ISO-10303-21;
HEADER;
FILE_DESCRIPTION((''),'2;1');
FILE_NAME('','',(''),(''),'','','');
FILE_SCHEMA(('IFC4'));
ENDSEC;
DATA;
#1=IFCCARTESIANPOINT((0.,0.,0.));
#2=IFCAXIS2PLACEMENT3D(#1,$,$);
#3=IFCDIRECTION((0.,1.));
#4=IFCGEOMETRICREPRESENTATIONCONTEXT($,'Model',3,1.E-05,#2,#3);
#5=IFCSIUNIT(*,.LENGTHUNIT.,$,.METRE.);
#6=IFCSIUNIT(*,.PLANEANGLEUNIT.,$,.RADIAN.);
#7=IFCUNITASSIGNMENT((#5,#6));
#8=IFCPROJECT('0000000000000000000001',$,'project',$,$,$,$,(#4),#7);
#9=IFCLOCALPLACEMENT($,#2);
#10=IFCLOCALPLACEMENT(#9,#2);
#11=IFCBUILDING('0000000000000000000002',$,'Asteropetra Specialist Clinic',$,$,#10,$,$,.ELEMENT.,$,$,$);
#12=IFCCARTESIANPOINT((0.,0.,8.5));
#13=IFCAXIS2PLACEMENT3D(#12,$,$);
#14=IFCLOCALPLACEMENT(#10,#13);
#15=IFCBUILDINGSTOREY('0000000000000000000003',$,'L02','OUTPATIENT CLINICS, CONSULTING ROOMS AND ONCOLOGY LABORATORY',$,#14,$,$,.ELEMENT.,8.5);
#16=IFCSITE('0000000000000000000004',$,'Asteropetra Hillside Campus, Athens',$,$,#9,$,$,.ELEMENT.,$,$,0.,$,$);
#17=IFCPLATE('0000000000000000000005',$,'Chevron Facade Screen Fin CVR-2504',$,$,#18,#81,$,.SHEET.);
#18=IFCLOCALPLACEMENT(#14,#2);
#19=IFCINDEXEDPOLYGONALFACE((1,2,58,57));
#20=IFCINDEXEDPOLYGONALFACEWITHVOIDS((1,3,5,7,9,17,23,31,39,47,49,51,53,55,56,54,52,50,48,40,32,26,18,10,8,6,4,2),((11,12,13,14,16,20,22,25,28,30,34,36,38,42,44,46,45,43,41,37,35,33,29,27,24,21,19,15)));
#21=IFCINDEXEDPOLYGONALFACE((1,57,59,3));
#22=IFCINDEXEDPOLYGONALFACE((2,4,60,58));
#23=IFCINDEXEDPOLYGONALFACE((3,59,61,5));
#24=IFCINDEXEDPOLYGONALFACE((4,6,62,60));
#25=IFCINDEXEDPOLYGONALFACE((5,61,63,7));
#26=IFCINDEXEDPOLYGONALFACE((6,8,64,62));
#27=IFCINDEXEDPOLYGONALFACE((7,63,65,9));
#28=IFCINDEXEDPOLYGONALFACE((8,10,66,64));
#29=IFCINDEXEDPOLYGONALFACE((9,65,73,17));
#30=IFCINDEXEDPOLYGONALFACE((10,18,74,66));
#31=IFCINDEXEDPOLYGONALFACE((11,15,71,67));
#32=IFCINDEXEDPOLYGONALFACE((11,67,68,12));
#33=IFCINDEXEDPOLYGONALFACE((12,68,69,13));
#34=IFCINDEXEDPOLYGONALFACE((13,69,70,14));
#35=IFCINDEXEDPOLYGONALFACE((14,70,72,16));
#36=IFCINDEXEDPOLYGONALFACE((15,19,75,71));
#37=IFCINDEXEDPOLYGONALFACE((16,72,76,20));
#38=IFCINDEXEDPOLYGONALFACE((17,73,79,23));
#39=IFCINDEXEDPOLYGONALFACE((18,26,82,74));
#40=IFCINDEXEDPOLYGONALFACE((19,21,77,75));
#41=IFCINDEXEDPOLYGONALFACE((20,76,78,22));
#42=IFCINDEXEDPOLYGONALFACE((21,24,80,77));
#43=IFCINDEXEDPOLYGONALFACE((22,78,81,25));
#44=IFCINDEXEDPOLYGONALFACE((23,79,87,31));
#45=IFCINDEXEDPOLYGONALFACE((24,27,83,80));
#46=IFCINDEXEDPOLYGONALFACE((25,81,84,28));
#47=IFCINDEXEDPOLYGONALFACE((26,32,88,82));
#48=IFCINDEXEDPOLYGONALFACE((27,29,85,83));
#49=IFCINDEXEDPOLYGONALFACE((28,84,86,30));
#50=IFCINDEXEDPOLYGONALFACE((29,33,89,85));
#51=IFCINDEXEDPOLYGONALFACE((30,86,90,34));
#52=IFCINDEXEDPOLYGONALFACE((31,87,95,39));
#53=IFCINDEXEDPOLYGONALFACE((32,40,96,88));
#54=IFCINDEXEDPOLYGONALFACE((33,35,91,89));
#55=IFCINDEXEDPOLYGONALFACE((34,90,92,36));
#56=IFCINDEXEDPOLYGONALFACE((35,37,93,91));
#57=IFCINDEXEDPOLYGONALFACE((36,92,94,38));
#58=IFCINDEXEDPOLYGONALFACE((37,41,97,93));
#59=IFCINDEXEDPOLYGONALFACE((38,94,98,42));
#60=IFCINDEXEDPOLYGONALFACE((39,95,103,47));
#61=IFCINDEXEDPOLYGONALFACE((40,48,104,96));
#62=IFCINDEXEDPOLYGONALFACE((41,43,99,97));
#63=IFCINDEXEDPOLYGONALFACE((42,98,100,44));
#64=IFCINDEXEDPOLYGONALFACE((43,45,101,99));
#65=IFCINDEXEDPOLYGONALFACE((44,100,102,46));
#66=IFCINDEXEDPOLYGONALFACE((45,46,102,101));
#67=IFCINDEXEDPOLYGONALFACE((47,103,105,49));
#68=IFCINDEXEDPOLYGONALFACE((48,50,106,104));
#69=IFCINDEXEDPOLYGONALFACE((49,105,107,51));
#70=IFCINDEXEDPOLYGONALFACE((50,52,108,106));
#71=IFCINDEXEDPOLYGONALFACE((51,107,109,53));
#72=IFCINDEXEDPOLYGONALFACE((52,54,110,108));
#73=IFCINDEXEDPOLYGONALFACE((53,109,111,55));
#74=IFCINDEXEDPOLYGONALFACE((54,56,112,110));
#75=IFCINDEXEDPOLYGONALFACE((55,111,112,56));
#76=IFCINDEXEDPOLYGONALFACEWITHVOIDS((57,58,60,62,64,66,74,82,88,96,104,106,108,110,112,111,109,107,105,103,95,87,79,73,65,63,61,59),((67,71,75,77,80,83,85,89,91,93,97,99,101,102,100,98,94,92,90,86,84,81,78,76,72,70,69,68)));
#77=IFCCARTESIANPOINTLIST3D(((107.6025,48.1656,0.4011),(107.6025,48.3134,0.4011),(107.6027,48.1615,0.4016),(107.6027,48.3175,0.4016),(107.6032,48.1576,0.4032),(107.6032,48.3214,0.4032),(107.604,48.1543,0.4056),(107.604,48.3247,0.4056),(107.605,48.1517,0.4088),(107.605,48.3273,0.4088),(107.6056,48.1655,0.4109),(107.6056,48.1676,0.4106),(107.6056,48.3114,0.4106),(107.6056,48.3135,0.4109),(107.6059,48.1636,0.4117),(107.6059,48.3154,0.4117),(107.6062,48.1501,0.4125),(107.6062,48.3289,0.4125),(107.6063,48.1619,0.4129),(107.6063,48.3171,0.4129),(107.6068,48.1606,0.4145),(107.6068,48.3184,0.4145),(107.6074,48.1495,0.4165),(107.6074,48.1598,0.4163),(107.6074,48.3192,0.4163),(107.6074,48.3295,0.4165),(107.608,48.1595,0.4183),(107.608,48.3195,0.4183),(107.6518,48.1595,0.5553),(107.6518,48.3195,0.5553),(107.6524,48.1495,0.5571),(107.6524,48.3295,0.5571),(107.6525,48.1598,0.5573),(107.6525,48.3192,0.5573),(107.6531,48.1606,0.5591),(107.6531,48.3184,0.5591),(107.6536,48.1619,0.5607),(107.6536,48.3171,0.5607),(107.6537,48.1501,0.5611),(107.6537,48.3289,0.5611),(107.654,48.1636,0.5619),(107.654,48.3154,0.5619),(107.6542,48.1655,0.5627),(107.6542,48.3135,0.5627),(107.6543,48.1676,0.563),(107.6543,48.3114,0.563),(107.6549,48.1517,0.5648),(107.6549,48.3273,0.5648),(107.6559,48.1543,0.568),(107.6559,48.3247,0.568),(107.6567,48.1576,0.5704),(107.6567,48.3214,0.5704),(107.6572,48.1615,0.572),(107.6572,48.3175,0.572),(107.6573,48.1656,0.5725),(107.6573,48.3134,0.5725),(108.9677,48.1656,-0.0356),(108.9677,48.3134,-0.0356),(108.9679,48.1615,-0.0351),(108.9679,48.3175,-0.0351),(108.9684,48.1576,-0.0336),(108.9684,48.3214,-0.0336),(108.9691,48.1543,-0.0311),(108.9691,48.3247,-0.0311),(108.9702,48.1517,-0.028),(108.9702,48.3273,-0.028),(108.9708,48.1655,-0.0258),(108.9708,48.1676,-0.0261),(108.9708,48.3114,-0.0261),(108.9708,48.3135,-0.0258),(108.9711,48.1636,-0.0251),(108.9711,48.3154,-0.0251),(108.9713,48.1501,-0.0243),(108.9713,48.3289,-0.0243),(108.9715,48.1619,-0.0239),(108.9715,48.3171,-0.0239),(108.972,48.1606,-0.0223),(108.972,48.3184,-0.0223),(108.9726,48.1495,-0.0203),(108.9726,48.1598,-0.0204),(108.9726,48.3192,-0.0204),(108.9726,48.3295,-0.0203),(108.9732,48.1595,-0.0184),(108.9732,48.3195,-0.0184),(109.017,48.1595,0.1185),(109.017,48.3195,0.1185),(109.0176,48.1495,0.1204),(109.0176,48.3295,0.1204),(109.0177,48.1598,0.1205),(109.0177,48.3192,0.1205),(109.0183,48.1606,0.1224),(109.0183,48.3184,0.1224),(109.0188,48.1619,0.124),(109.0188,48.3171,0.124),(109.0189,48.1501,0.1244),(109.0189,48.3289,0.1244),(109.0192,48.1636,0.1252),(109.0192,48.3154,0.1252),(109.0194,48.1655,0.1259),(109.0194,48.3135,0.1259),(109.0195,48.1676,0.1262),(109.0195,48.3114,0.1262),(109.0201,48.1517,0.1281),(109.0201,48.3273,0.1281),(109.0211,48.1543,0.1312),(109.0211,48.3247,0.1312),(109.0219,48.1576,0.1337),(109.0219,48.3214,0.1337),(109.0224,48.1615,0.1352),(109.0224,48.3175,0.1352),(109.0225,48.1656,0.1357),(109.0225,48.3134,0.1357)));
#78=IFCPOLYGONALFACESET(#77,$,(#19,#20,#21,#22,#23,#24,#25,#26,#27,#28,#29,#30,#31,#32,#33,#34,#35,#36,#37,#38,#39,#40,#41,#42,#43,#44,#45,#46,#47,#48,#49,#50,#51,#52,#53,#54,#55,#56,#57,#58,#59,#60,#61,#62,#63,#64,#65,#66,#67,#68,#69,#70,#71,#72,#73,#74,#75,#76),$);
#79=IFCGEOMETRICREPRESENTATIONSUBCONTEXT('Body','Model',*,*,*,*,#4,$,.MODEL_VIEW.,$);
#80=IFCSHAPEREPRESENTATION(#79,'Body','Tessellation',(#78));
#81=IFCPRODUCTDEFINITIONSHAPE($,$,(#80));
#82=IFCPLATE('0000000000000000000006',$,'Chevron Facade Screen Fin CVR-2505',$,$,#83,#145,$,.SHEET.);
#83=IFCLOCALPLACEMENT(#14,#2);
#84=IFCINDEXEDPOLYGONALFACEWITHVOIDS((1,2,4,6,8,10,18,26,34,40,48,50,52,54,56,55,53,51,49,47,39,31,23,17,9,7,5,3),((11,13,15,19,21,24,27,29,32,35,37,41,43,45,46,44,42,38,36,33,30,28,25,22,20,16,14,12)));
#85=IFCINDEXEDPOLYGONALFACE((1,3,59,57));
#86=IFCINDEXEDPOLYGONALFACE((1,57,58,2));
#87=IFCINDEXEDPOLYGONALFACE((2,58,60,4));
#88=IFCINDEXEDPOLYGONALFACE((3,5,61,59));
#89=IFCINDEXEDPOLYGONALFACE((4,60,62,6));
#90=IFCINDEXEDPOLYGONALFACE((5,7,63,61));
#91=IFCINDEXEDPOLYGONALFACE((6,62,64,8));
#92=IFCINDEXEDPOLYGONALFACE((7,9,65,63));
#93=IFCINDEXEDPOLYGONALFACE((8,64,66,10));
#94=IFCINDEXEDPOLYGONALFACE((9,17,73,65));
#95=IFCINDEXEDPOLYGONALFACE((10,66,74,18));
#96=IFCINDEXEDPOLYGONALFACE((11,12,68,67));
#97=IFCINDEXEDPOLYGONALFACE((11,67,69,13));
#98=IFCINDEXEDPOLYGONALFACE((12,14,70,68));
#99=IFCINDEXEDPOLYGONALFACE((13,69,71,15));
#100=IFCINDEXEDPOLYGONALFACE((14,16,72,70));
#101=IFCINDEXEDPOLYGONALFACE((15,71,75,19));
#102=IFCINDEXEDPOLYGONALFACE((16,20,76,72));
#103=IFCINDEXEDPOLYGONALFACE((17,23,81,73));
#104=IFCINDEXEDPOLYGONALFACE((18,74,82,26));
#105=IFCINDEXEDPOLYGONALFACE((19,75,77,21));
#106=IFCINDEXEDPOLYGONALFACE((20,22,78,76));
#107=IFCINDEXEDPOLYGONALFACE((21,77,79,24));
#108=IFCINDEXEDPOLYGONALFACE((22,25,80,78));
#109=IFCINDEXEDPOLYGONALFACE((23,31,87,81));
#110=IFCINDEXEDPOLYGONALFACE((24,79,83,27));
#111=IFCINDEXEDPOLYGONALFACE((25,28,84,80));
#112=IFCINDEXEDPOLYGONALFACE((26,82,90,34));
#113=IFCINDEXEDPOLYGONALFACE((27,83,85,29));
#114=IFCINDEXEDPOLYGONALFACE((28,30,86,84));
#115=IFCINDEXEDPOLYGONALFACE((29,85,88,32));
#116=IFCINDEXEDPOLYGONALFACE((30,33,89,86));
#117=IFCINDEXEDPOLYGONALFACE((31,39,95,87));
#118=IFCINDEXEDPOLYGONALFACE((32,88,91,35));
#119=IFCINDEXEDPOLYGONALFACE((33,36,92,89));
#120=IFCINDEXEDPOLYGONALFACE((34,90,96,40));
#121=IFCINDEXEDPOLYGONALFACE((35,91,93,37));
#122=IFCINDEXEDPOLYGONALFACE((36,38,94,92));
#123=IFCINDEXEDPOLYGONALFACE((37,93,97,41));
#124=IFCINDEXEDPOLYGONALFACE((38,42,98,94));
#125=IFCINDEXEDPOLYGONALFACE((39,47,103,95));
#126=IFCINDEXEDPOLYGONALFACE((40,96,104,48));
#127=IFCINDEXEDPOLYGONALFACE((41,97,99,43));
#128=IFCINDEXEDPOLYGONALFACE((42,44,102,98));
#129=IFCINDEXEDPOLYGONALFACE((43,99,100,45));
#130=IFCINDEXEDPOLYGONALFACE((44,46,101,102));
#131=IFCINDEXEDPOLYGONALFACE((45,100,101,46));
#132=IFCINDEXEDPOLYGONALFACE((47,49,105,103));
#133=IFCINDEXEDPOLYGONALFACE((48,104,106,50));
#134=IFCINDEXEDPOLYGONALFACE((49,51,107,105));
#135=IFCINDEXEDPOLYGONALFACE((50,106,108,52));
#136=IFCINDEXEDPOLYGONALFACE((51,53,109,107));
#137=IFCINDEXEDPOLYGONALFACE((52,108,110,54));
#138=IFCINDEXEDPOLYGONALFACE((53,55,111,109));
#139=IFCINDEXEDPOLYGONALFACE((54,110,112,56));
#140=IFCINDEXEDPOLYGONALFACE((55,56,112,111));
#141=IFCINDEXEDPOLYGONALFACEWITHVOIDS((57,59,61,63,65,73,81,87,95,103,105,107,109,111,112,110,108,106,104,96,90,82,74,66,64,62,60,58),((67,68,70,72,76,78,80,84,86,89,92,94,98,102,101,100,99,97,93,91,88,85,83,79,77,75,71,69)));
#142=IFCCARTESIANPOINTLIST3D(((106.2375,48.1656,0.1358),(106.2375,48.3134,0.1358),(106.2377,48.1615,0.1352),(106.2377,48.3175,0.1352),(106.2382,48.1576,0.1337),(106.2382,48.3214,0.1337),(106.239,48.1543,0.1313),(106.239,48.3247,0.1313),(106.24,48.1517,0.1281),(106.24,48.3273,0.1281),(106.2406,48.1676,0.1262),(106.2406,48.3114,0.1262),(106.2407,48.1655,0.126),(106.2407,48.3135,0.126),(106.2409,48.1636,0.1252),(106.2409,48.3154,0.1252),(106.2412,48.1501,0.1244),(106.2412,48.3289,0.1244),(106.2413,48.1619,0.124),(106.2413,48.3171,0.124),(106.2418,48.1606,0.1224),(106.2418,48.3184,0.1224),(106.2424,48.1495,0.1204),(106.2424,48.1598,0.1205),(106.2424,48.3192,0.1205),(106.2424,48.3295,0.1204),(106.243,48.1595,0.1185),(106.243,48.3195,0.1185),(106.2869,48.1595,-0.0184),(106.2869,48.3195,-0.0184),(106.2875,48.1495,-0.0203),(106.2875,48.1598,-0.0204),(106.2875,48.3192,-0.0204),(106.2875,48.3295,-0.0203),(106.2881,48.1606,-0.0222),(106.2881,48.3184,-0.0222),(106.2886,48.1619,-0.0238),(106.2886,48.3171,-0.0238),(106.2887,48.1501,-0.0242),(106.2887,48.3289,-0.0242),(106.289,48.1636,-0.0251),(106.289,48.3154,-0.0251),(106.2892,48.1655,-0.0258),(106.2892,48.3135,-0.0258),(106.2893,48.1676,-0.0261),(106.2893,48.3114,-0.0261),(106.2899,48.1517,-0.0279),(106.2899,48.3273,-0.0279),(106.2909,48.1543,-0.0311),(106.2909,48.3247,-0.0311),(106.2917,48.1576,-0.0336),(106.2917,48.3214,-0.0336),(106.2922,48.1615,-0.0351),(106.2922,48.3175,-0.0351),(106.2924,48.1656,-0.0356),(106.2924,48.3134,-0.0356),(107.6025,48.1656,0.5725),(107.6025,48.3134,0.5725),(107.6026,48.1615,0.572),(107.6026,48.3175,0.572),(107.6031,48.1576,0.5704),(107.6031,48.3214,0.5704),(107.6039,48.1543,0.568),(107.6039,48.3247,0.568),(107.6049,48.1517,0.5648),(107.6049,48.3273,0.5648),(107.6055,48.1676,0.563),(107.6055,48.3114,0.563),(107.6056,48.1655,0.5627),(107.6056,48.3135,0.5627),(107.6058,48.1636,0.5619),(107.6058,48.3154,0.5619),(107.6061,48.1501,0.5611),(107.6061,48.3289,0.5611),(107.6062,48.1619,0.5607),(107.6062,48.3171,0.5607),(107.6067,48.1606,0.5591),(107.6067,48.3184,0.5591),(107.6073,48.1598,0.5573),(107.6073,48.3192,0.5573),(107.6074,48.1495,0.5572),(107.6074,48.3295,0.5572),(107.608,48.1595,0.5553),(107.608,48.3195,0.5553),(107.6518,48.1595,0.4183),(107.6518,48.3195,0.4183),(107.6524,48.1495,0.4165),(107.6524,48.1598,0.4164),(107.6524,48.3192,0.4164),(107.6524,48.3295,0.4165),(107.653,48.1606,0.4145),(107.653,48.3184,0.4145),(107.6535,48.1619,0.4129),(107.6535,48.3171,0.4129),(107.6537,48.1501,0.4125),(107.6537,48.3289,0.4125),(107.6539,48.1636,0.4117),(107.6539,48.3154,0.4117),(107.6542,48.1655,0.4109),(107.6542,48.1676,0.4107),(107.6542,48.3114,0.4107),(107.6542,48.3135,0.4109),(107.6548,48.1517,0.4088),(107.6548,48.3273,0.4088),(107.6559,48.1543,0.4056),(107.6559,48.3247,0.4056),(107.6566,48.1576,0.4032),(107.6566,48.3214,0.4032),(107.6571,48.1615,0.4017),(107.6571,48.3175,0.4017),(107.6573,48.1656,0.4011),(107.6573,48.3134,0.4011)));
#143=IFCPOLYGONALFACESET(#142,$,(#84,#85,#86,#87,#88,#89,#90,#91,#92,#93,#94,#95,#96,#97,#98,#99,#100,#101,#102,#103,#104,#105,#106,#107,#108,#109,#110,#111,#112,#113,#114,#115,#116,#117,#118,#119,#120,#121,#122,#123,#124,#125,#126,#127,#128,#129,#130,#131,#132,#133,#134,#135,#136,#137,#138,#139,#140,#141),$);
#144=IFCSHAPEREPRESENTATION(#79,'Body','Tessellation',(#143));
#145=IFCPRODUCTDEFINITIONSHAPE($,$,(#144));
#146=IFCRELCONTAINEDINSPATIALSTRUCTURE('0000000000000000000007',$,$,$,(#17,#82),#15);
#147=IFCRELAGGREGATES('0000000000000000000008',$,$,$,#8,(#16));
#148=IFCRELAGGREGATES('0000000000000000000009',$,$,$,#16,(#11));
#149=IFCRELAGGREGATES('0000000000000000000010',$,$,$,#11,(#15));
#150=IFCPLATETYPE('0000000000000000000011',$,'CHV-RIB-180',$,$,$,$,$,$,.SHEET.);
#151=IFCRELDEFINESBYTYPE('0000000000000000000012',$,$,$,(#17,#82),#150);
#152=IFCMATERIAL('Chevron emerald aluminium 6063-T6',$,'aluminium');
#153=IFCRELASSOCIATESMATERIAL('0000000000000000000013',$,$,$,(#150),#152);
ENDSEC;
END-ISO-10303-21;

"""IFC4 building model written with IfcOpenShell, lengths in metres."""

from ifc_helpers import new_model, si_unit, direction, frame, origin, origin_2d, place, context, subcontext, project, spatial, hollow_rectangle, extrude, material, material_profile, profile_set, type_object, element, save


model = new_model("IFC4")

# Units and contexts
model_context = context("Model", 3, precision=1e-05, world=origin(), true_north=direction((0.0, 1.0)))
body_context = subcontext(model_context, "Body", "Model", "MODEL_VIEW")
ifc_project = project(units=[si_unit("LENGTHUNIT", "METRE"), si_unit("PLANEANGLEUNIT", "RADIAN")], contexts=[model_context])

# Site, building, storey
site_placement = place(None, origin())
site = spatial("IfcSite", under=ifc_project, at=site_placement, Name="Asteropetra Hillside Campus, Athens", CompositionType="ELEMENT", RefElevation=0.0)
building_placement = place(site_placement, origin())
building = spatial("IfcBuilding", under=site, at=building_placement, Name="Asteropetra Specialist Clinic", CompositionType="ELEMENT")
storey_placement = place(building_placement, frame((0.0, 0.0, 8.5)))
storey = spatial("IfcBuildingStorey", under=building, at=storey_placement, Name="L02", Description="OUTPATIENT CLINICS, CONSULTING ROOMS AND ONCOLOGY LABORATORY", CompositionType="ELEMENT", Elevation=8.5)

# Plates
ifc_material_1 = material(Name="Chevron emerald aluminium 6063-T6", Category="aluminium")
ifc_material_profile_1 = material_profile(ifc_material_1, hollow_rectangle(XDim=0.1799, YDim=0.1799, WallThickness=0.01, InnerFilletRadius=0.0081, OuterFilletRadius=0.0161, at=origin_2d()), Name="SHS 180x180x10.0")
ifc_profile_set_1 = profile_set([ifc_material_profile_1], Name="Chevron emerald aluminium 6063-T6")
plate_type = type_object("IfcPlateType", Name="CHV-RIB-180", PredefinedType="SHEET", material=ifc_profile_set_1)
plate_1_placement = place(storey_placement, frame((108.9951, 48.2395, 0.05), z_axis=(-0.952446, 0.0, 0.304708), x_axis=(0.0, -1.0, 0.0)))
element("IfcPlate", 1, at=plate_1_placement, inside=storey, type_object=plate_type, Name="Chevron Facade Screen Fin CVR-2504", PredefinedType="SHEET", context=body_context, shape_type="SweptSolid", body=[
    extrude(hollow_rectangle(XDim=0.1799, YDim=0.1799, WallThickness=0.01, InnerFilletRadius=0.0081, OuterFilletRadius=0.0161, at=origin_2d()), origin(), (0.0, 0.0, 1.0), 1.4333),
])
plate_2_placement = place(storey_placement, frame((107.6299, 48.2395, 0.4868), z_axis=(-0.95243, 0.0, -0.304757), x_axis=(0.0, -1.0, 0.0)))
element("IfcPlate", 2, at=plate_2_placement, inside=storey, type_object=plate_type, Name="Chevron Facade Screen Fin CVR-2505", PredefinedType="SHEET", context=body_context, shape_type="SweptSolid", body=[
    extrude(hollow_rectangle(XDim=0.1799, YDim=0.1799, WallThickness=0.01, InnerFilletRadius=0.0081, OuterFilletRadius=0.0161, at=origin_2d()), origin(), (0.0, 0.0, 1.0), 1.4331),
])

save(model, "model.ifc")
